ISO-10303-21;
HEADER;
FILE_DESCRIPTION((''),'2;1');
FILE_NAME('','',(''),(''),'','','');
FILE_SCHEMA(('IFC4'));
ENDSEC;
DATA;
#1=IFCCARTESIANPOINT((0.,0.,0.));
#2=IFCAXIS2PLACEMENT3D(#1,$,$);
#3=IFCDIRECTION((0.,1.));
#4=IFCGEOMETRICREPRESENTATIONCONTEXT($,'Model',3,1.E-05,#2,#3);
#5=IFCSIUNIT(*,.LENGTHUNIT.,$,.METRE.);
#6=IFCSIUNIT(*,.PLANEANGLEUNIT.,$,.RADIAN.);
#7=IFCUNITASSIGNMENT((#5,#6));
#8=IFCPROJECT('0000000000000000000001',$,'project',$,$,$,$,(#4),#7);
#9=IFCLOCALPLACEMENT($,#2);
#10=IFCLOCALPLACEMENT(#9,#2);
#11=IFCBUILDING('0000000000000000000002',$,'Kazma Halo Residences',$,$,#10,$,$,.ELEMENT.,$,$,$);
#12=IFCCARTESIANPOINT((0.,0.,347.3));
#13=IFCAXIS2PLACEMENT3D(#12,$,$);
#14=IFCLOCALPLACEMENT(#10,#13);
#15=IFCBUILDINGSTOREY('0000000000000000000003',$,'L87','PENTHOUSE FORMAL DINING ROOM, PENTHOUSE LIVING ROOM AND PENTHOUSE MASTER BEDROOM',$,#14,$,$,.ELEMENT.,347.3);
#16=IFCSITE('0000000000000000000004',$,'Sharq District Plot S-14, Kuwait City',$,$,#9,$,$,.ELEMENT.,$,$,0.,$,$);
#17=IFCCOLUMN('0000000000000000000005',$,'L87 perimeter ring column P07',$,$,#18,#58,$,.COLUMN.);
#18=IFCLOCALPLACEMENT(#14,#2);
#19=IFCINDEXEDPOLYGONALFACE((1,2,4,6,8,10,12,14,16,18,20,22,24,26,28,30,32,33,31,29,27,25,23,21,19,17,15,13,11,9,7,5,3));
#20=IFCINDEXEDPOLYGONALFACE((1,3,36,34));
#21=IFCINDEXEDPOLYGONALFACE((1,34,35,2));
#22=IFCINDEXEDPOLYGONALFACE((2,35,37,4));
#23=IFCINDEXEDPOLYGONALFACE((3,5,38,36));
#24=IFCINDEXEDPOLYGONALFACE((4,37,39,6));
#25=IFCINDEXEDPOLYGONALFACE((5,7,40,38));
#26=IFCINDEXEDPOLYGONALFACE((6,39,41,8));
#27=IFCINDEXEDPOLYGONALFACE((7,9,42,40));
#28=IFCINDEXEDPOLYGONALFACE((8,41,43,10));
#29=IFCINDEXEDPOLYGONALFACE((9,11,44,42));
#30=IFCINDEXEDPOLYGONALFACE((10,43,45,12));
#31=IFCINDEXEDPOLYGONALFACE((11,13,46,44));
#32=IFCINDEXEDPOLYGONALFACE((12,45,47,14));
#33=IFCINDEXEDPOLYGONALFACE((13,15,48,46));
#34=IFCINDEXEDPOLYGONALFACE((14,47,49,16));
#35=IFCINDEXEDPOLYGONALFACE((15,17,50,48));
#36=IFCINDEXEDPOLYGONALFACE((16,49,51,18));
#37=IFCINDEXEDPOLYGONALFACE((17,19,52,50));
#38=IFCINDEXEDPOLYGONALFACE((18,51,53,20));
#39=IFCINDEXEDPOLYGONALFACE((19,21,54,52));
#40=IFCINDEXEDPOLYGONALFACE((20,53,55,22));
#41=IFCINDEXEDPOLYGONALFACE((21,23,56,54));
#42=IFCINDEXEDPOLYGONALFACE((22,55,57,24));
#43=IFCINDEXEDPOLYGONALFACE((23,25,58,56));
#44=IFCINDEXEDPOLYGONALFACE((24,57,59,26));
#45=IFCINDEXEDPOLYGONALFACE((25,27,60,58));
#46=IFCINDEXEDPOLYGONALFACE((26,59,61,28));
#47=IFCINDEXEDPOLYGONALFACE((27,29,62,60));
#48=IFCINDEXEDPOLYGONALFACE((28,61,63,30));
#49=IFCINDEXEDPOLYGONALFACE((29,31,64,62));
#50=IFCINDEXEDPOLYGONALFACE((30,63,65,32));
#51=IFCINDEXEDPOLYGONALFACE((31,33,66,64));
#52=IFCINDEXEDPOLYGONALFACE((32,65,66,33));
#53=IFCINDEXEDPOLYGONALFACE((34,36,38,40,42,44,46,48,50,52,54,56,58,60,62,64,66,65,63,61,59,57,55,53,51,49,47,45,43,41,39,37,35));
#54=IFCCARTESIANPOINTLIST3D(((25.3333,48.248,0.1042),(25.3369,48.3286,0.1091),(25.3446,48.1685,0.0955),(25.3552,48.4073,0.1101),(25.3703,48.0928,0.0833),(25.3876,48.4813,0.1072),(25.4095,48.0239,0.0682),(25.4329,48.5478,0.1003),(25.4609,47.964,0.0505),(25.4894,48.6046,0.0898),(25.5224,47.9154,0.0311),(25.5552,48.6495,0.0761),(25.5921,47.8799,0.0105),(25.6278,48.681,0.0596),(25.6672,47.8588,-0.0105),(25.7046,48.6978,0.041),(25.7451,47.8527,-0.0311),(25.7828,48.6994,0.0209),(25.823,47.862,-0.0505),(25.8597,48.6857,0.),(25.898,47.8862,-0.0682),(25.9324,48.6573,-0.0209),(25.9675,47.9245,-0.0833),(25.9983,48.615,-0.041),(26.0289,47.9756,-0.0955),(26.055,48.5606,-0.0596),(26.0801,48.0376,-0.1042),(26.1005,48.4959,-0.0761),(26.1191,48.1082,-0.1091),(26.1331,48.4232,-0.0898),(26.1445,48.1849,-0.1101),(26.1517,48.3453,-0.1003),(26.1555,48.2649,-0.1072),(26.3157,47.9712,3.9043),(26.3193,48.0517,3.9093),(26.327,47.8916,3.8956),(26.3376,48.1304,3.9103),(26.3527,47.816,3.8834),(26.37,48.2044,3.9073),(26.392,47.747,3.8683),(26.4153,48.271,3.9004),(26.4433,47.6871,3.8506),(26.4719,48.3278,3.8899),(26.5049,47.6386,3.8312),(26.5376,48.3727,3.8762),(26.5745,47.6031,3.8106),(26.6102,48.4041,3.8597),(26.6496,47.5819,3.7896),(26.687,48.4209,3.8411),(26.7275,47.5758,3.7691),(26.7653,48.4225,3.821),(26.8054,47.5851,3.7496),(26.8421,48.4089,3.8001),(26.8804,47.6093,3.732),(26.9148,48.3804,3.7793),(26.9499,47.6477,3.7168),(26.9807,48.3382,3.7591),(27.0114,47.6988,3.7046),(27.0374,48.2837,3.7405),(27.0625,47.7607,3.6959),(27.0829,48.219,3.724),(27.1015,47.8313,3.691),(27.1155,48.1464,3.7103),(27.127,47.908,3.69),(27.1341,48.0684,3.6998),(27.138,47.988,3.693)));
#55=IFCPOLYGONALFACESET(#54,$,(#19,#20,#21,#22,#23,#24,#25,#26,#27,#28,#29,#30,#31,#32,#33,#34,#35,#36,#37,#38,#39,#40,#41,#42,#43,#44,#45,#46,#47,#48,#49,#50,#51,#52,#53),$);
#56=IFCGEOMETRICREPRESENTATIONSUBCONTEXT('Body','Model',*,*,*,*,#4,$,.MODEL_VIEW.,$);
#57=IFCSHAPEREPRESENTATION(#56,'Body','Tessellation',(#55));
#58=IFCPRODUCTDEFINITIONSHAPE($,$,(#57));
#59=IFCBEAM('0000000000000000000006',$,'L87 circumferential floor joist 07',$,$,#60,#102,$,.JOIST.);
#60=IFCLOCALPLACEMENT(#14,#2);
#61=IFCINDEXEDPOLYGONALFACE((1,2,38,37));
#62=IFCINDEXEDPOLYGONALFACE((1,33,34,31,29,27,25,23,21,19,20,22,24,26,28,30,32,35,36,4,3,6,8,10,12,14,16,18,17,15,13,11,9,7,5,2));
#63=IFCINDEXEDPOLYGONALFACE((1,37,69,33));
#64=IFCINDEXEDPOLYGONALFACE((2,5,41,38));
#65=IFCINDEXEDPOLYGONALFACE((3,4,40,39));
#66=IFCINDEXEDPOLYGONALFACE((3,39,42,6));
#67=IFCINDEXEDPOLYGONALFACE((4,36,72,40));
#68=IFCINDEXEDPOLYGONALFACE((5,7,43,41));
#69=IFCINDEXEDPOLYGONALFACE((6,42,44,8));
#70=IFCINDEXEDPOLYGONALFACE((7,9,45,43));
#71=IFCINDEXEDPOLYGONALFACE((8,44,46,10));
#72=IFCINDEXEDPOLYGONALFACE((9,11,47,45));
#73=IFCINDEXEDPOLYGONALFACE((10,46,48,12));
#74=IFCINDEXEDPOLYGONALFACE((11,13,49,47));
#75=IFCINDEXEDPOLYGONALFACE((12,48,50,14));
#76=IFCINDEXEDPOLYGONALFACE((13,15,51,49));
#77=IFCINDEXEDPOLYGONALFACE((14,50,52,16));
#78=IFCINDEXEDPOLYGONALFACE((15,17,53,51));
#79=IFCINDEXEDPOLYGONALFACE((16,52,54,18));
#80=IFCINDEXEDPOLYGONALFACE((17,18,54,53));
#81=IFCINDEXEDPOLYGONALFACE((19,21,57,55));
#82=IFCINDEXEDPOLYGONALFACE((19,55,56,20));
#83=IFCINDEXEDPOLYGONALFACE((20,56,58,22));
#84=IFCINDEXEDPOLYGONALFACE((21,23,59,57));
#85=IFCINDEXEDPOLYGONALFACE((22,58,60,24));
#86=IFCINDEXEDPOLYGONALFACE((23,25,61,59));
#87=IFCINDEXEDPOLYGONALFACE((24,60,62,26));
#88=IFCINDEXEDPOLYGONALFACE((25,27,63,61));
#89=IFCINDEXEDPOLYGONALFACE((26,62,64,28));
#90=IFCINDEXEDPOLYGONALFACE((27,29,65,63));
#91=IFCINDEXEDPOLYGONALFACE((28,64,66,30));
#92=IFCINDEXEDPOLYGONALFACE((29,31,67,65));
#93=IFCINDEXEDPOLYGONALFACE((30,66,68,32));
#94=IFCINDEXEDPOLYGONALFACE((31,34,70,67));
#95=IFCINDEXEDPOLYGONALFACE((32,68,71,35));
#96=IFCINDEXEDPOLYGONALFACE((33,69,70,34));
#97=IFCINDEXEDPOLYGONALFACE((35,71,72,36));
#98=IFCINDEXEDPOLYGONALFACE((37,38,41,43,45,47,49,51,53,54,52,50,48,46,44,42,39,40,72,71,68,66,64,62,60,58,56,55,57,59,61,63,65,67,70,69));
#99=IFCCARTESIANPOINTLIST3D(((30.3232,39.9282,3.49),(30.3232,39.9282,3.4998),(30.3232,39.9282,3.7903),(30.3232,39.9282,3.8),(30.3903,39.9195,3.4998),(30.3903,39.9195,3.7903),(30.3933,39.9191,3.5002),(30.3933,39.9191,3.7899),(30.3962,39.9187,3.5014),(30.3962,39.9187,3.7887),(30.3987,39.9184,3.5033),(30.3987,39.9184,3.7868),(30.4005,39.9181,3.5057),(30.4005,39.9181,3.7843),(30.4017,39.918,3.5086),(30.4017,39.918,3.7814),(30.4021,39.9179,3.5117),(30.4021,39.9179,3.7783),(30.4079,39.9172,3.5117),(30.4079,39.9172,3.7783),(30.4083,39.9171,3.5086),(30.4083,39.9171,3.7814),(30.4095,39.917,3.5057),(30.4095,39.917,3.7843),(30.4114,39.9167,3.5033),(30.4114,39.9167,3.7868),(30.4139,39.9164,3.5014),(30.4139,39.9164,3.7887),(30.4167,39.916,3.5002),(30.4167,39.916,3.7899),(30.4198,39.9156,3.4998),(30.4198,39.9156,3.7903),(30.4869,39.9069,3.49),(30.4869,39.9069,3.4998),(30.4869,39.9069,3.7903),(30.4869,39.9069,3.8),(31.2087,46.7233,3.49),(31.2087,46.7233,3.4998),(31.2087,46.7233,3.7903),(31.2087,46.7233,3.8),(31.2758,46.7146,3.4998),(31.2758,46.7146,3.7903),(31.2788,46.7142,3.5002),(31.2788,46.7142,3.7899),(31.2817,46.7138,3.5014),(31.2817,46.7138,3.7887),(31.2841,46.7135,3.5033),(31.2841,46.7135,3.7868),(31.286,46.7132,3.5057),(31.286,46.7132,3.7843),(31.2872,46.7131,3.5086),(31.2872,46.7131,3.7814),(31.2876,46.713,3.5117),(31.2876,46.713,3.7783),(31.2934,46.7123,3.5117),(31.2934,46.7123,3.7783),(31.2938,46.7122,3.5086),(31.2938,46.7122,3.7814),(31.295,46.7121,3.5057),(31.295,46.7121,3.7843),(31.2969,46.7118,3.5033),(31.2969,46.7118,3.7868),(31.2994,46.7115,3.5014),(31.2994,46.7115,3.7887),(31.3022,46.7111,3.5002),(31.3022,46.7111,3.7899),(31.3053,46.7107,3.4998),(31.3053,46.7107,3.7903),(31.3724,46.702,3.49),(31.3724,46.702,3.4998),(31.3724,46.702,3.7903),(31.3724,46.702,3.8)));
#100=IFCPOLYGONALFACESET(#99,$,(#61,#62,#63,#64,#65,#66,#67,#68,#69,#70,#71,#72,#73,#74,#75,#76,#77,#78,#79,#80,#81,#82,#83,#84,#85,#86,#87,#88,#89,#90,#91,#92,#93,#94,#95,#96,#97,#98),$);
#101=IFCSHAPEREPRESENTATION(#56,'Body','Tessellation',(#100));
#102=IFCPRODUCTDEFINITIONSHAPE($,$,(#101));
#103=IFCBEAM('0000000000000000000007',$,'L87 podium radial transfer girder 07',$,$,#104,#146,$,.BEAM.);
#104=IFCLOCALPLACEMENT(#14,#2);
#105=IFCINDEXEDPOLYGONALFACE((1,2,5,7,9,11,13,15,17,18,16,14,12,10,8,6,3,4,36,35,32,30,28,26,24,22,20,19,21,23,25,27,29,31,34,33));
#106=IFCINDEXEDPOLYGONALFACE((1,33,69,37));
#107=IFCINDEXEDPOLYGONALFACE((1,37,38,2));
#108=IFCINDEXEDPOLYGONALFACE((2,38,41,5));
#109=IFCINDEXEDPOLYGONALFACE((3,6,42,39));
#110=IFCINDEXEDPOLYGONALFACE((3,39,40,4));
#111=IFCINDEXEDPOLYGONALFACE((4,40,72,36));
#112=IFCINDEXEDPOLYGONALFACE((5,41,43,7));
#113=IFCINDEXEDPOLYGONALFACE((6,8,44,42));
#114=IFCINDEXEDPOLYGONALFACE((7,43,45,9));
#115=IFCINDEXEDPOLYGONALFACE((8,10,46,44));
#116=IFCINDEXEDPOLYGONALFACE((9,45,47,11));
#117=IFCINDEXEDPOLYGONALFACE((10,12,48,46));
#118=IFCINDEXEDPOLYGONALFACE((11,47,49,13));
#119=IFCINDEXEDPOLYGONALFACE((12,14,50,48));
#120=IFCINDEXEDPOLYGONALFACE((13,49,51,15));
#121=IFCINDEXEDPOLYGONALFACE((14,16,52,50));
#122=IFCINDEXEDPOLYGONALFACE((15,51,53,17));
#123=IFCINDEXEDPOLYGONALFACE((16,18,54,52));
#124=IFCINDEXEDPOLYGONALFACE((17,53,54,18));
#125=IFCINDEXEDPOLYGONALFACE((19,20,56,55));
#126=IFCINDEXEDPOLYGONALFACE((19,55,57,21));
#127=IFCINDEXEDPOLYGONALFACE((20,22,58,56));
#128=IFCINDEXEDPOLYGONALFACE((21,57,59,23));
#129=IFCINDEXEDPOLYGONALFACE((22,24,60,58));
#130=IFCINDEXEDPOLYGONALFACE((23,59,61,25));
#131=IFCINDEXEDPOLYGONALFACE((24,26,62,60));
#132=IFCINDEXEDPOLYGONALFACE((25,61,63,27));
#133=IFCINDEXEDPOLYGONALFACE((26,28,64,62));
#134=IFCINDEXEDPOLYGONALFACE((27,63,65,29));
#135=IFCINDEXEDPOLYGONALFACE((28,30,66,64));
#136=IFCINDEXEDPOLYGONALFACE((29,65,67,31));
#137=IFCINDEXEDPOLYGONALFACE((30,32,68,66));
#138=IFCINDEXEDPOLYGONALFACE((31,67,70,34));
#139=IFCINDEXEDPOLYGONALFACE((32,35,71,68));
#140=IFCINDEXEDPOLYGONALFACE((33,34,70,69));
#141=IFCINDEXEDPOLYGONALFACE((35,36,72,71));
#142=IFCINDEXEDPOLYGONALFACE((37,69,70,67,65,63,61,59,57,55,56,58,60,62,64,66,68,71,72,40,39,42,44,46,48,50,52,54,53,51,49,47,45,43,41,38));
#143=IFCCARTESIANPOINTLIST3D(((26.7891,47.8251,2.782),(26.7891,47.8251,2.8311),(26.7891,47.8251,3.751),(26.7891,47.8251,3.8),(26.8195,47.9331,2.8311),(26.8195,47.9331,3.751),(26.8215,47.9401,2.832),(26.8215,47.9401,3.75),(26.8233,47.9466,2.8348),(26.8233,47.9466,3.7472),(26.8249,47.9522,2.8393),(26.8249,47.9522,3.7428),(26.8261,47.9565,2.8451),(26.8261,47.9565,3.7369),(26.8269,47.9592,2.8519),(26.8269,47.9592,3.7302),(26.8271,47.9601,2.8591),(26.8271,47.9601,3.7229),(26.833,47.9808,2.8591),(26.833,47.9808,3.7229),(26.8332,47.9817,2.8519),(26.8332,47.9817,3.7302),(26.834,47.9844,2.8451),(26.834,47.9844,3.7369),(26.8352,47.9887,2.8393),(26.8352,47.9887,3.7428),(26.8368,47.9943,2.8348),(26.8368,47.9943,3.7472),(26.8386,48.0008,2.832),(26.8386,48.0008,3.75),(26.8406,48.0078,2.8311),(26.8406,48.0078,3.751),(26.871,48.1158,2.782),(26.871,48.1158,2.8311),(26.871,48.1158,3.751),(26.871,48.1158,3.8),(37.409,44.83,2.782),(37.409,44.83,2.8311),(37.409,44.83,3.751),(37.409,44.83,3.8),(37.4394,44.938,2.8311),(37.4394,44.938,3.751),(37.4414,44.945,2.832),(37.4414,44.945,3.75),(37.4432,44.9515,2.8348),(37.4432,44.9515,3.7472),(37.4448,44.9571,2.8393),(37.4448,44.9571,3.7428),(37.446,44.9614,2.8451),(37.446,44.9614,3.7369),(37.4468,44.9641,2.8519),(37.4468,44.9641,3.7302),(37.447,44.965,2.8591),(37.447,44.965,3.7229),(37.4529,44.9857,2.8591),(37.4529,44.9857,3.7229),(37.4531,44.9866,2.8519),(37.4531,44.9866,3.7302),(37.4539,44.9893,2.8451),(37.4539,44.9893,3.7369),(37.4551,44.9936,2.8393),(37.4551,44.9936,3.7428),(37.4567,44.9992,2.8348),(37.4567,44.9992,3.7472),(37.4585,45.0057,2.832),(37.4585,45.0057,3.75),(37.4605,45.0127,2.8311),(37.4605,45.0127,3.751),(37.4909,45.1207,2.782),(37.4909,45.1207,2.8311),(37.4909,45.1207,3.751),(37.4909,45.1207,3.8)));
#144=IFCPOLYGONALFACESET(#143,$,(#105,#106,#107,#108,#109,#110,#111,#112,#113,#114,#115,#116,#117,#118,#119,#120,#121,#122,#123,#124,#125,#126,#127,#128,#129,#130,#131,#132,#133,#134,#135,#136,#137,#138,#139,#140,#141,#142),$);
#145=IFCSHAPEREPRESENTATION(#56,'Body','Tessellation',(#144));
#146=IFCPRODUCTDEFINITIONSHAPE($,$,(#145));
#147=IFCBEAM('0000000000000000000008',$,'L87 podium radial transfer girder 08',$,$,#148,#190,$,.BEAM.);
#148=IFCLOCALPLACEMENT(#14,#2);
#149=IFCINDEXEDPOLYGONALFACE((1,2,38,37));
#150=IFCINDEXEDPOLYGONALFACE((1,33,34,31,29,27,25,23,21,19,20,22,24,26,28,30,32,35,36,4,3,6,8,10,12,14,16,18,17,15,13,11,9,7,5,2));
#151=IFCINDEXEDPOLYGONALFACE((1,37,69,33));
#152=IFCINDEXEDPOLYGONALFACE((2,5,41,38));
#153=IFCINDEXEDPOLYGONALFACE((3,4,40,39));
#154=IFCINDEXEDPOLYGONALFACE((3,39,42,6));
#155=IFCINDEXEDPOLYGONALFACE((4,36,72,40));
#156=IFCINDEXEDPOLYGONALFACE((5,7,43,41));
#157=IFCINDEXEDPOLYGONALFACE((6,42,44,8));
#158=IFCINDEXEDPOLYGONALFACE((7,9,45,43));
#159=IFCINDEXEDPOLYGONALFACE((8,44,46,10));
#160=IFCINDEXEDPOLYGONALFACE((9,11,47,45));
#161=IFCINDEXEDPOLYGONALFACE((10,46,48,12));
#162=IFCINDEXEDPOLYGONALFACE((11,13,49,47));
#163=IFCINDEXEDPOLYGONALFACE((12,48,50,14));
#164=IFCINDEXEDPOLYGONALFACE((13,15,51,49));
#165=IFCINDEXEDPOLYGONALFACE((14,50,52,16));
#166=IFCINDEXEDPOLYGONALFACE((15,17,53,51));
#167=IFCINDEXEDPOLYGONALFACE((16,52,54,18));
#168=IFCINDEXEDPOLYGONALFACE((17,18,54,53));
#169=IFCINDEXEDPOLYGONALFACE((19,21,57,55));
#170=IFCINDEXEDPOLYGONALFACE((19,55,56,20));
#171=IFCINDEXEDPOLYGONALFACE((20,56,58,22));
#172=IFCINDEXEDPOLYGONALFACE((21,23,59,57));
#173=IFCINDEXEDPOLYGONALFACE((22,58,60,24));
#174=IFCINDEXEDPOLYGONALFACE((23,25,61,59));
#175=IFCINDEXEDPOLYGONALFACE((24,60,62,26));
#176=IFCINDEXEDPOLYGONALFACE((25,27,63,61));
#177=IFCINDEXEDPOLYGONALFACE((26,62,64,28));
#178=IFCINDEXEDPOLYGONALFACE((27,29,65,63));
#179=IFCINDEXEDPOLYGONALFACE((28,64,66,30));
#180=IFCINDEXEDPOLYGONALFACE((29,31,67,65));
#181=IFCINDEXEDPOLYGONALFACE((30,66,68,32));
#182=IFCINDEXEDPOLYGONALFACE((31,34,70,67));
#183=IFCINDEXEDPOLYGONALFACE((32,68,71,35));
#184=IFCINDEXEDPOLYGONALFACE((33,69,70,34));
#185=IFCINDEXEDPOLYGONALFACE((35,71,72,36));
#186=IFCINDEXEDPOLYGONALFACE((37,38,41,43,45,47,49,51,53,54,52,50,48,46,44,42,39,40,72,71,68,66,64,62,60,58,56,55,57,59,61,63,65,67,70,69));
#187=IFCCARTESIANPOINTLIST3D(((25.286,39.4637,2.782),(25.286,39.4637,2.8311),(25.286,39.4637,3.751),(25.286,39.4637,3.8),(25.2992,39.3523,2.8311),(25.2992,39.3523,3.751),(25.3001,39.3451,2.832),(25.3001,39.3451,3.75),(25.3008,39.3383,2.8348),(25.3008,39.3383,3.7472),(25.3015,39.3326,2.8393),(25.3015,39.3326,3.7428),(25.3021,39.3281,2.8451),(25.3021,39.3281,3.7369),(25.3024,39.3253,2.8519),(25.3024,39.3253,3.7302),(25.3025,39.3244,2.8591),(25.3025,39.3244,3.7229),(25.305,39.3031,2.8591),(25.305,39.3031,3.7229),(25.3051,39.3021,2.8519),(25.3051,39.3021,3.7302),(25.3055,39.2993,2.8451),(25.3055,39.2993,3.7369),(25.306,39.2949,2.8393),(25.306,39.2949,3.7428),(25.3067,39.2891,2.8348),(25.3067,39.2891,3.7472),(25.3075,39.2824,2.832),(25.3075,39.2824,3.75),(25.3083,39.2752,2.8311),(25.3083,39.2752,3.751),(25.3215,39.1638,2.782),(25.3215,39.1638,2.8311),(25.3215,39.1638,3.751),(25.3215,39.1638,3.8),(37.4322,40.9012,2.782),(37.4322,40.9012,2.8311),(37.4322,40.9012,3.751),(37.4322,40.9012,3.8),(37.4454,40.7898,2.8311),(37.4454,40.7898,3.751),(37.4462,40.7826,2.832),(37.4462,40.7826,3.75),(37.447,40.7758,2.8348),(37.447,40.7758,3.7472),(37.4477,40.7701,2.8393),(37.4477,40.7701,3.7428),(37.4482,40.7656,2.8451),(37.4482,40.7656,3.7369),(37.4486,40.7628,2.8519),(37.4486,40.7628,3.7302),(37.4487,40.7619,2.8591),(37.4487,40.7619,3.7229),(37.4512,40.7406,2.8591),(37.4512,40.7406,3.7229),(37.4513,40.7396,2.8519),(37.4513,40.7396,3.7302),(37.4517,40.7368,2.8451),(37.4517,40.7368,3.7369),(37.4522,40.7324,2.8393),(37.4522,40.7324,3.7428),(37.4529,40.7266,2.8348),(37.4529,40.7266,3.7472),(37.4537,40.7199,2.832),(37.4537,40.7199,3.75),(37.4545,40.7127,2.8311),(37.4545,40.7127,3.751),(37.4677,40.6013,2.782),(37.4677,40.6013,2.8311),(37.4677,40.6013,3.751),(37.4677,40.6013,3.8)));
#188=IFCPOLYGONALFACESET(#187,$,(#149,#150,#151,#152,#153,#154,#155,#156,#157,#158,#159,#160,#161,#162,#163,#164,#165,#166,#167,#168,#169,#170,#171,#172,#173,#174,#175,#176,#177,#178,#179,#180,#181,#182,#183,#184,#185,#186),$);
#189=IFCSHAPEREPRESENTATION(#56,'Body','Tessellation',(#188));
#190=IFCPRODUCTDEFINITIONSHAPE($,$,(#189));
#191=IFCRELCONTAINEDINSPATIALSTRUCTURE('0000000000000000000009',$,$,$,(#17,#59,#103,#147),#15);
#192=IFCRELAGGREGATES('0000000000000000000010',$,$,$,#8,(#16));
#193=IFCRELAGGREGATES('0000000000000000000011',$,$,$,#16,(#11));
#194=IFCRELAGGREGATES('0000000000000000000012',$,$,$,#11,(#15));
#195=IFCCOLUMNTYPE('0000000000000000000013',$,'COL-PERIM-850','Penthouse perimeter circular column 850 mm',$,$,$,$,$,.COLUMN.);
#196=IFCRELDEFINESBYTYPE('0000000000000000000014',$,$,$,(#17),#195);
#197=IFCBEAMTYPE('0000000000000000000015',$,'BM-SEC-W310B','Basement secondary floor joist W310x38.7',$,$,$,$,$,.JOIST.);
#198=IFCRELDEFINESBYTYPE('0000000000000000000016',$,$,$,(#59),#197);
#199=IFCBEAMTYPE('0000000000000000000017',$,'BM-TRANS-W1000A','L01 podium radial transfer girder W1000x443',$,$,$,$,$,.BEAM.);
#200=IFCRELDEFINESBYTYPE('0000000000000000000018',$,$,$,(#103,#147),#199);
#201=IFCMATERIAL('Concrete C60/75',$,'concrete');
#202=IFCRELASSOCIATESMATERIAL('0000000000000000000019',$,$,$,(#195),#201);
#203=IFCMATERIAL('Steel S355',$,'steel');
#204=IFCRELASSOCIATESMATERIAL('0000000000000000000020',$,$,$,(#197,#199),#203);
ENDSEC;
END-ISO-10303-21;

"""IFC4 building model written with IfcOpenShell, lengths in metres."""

from ifc_helpers import new_model, si_unit, direction, frame, origin, origin_2d, place, context, subcontext, project, spatial, circle, i_section, extrude, material, material_profile, profile_set, type_object, element, save


model = new_model("IFC4")

# Units and contexts
model_context = context("Model", 3, precision=1e-05, world=origin(), true_north=direction((0.0, 1.0)))
body_context = subcontext(model_context, "Body", "Model", "MODEL_VIEW")
ifc_project = project(units=[si_unit("LENGTHUNIT", "METRE"), si_unit("PLANEANGLEUNIT", "RADIAN")], contexts=[model_context])

# Site, building, storey
site_placement = place(None, origin())
site = spatial("IfcSite", under=ifc_project, at=site_placement, Name="Sharq District Plot S-14, Kuwait City", CompositionType="ELEMENT", RefElevation=0.0)
building_placement = place(site_placement, origin())
building = spatial("IfcBuilding", under=site, at=building_placement, Name="Kazma Halo Residences", CompositionType="ELEMENT")
storey_placement = place(building_placement, frame((0.0, 0.0, 347.3)))
storey = spatial("IfcBuildingStorey", under=building, at=storey_placement, Name="L87", Description="PENTHOUSE FORMAL DINING ROOM, PENTHOUSE LIVING ROOM AND PENTHOUSE MASTER BEDROOM", CompositionType="ELEMENT", Elevation=347.3)

# Column
ifc_material_1 = material(Name="Concrete C60/75", Category="concrete")
ifc_material_profile_1 = material_profile(ifc_material_1, circle(Radius=0.425, at=origin_2d()), Name="CIRC850")
ifc_profile_set_1 = profile_set([ifc_material_profile_1], Name="Concrete C60/75")
column_type = type_object("IfcColumnType", Name="COL-PERIM-850", Description="Penthouse perimeter circular column 850 mm", PredefinedType="COLUMN", material=ifc_profile_set_1)
column_placement = place(storey_placement, frame((25.7444, 48.2766, 0.0), z_axis=(0.249679, -0.070362, 0.965769), x_axis=(0.271244, 0.962511, 0.0)))
element("IfcColumn", 1, at=column_placement, inside=storey, type_object=column_type, Name="L87 perimeter ring column P07", PredefinedType="COLUMN", context=body_context, shape_type="SweptSolid", body=[
    extrude(circle(Radius=0.425, at=origin_2d()), origin(), (0.0, 0.0, 1.0), 3.9348),
])

# Beams
ifc_material_2 = material(Name="Steel S355", Category="steel")
ifc_material_profile_2 = material_profile(ifc_material_2, i_section(OverallWidth=0.165, OverallDepth=0.3101, WebThickness=0.0059, FlangeThickness=0.0098, FilletRadius=0.012, at=origin_2d()), Name="W310x38.7")
ifc_profile_set_2 = profile_set([ifc_material_profile_2], Name="Steel S355")
beam_type_1 = type_object("IfcBeamType", Name="BM-SEC-W310B", Description="Basement secondary floor joist W310x38.7", PredefinedType="JOIST", material=ifc_profile_set_2)
beam_1_placement = place(storey_placement, frame((31.2905, 46.7126, 3.645), z_axis=(-0.12922, -0.991616, 0.0), x_axis=(0.991616, -0.12922, 0.0)))
element("IfcBeam", 2, at=beam_1_placement, inside=storey, type_object=beam_type_1, Name="L87 circumferential floor joist 07", PredefinedType="JOIST", context=body_context, shape_type="SweptSolid", body=[
    extrude(i_section(OverallWidth=0.165, OverallDepth=0.3101, WebThickness=0.0059, FlangeThickness=0.0098, FilletRadius=0.012, at=origin_2d()), origin(), (0.0, 0.0, 1.0), 6.8525),
])
ifc_material_profile_3 = material_profile(ifc_material_2, i_section(OverallWidth=0.302, OverallDepth=1.0181, WebThickness=0.0215, FlangeThickness=0.0491, FilletRadius=0.0281, at=origin_2d()), Name="W1000x443")
ifc_profile_set_3 = profile_set([ifc_material_profile_3], Name="Steel S355")
beam_type_2 = type_object("IfcBeamType", Name="BM-TRANS-W1000A", Description="L01 podium radial transfer girder W1000x443", PredefinedType="BEAM", material=ifc_profile_set_3)
beam_2_placement = place(storey_placement, frame((37.45, 44.9753, 3.291), z_axis=(-0.962455, 0.271441, 0.0), x_axis=(-0.271441, -0.962455, 0.0)))
element("IfcBeam", 3, at=beam_2_placement, inside=storey, type_object=beam_type_2, Name="L87 podium radial transfer girder 07", PredefinedType="BEAM", context=body_context, shape_type="SweptSolid", body=[
    extrude(i_section(OverallWidth=0.302, OverallDepth=1.0181, WebThickness=0.0215, FlangeThickness=0.0491, FilletRadius=0.0281, at=origin_2d()), origin(), (0.0, 0.0, 1.0), 11.0342),
])
beam_3_placement = place(storey_placement, frame((37.45, 40.7512, 3.291), z_axis=(-0.993069, -0.117529, 0.0), x_axis=(0.117529, -0.993069, 0.0)))
element("IfcBeam", 4, at=beam_3_placement, inside=storey, type_object=beam_type_2, Name="L87 podium radial transfer girder 08", PredefinedType="BEAM", context=body_context, shape_type="SweptSolid", body=[
    extrude(i_section(OverallWidth=0.302, OverallDepth=1.0181, WebThickness=0.0215, FlangeThickness=0.0491, FilletRadius=0.0281, at=origin_2d()), origin(), (0.0, 0.0, 1.0), 12.231),
])

save(model, "model.ifc")
